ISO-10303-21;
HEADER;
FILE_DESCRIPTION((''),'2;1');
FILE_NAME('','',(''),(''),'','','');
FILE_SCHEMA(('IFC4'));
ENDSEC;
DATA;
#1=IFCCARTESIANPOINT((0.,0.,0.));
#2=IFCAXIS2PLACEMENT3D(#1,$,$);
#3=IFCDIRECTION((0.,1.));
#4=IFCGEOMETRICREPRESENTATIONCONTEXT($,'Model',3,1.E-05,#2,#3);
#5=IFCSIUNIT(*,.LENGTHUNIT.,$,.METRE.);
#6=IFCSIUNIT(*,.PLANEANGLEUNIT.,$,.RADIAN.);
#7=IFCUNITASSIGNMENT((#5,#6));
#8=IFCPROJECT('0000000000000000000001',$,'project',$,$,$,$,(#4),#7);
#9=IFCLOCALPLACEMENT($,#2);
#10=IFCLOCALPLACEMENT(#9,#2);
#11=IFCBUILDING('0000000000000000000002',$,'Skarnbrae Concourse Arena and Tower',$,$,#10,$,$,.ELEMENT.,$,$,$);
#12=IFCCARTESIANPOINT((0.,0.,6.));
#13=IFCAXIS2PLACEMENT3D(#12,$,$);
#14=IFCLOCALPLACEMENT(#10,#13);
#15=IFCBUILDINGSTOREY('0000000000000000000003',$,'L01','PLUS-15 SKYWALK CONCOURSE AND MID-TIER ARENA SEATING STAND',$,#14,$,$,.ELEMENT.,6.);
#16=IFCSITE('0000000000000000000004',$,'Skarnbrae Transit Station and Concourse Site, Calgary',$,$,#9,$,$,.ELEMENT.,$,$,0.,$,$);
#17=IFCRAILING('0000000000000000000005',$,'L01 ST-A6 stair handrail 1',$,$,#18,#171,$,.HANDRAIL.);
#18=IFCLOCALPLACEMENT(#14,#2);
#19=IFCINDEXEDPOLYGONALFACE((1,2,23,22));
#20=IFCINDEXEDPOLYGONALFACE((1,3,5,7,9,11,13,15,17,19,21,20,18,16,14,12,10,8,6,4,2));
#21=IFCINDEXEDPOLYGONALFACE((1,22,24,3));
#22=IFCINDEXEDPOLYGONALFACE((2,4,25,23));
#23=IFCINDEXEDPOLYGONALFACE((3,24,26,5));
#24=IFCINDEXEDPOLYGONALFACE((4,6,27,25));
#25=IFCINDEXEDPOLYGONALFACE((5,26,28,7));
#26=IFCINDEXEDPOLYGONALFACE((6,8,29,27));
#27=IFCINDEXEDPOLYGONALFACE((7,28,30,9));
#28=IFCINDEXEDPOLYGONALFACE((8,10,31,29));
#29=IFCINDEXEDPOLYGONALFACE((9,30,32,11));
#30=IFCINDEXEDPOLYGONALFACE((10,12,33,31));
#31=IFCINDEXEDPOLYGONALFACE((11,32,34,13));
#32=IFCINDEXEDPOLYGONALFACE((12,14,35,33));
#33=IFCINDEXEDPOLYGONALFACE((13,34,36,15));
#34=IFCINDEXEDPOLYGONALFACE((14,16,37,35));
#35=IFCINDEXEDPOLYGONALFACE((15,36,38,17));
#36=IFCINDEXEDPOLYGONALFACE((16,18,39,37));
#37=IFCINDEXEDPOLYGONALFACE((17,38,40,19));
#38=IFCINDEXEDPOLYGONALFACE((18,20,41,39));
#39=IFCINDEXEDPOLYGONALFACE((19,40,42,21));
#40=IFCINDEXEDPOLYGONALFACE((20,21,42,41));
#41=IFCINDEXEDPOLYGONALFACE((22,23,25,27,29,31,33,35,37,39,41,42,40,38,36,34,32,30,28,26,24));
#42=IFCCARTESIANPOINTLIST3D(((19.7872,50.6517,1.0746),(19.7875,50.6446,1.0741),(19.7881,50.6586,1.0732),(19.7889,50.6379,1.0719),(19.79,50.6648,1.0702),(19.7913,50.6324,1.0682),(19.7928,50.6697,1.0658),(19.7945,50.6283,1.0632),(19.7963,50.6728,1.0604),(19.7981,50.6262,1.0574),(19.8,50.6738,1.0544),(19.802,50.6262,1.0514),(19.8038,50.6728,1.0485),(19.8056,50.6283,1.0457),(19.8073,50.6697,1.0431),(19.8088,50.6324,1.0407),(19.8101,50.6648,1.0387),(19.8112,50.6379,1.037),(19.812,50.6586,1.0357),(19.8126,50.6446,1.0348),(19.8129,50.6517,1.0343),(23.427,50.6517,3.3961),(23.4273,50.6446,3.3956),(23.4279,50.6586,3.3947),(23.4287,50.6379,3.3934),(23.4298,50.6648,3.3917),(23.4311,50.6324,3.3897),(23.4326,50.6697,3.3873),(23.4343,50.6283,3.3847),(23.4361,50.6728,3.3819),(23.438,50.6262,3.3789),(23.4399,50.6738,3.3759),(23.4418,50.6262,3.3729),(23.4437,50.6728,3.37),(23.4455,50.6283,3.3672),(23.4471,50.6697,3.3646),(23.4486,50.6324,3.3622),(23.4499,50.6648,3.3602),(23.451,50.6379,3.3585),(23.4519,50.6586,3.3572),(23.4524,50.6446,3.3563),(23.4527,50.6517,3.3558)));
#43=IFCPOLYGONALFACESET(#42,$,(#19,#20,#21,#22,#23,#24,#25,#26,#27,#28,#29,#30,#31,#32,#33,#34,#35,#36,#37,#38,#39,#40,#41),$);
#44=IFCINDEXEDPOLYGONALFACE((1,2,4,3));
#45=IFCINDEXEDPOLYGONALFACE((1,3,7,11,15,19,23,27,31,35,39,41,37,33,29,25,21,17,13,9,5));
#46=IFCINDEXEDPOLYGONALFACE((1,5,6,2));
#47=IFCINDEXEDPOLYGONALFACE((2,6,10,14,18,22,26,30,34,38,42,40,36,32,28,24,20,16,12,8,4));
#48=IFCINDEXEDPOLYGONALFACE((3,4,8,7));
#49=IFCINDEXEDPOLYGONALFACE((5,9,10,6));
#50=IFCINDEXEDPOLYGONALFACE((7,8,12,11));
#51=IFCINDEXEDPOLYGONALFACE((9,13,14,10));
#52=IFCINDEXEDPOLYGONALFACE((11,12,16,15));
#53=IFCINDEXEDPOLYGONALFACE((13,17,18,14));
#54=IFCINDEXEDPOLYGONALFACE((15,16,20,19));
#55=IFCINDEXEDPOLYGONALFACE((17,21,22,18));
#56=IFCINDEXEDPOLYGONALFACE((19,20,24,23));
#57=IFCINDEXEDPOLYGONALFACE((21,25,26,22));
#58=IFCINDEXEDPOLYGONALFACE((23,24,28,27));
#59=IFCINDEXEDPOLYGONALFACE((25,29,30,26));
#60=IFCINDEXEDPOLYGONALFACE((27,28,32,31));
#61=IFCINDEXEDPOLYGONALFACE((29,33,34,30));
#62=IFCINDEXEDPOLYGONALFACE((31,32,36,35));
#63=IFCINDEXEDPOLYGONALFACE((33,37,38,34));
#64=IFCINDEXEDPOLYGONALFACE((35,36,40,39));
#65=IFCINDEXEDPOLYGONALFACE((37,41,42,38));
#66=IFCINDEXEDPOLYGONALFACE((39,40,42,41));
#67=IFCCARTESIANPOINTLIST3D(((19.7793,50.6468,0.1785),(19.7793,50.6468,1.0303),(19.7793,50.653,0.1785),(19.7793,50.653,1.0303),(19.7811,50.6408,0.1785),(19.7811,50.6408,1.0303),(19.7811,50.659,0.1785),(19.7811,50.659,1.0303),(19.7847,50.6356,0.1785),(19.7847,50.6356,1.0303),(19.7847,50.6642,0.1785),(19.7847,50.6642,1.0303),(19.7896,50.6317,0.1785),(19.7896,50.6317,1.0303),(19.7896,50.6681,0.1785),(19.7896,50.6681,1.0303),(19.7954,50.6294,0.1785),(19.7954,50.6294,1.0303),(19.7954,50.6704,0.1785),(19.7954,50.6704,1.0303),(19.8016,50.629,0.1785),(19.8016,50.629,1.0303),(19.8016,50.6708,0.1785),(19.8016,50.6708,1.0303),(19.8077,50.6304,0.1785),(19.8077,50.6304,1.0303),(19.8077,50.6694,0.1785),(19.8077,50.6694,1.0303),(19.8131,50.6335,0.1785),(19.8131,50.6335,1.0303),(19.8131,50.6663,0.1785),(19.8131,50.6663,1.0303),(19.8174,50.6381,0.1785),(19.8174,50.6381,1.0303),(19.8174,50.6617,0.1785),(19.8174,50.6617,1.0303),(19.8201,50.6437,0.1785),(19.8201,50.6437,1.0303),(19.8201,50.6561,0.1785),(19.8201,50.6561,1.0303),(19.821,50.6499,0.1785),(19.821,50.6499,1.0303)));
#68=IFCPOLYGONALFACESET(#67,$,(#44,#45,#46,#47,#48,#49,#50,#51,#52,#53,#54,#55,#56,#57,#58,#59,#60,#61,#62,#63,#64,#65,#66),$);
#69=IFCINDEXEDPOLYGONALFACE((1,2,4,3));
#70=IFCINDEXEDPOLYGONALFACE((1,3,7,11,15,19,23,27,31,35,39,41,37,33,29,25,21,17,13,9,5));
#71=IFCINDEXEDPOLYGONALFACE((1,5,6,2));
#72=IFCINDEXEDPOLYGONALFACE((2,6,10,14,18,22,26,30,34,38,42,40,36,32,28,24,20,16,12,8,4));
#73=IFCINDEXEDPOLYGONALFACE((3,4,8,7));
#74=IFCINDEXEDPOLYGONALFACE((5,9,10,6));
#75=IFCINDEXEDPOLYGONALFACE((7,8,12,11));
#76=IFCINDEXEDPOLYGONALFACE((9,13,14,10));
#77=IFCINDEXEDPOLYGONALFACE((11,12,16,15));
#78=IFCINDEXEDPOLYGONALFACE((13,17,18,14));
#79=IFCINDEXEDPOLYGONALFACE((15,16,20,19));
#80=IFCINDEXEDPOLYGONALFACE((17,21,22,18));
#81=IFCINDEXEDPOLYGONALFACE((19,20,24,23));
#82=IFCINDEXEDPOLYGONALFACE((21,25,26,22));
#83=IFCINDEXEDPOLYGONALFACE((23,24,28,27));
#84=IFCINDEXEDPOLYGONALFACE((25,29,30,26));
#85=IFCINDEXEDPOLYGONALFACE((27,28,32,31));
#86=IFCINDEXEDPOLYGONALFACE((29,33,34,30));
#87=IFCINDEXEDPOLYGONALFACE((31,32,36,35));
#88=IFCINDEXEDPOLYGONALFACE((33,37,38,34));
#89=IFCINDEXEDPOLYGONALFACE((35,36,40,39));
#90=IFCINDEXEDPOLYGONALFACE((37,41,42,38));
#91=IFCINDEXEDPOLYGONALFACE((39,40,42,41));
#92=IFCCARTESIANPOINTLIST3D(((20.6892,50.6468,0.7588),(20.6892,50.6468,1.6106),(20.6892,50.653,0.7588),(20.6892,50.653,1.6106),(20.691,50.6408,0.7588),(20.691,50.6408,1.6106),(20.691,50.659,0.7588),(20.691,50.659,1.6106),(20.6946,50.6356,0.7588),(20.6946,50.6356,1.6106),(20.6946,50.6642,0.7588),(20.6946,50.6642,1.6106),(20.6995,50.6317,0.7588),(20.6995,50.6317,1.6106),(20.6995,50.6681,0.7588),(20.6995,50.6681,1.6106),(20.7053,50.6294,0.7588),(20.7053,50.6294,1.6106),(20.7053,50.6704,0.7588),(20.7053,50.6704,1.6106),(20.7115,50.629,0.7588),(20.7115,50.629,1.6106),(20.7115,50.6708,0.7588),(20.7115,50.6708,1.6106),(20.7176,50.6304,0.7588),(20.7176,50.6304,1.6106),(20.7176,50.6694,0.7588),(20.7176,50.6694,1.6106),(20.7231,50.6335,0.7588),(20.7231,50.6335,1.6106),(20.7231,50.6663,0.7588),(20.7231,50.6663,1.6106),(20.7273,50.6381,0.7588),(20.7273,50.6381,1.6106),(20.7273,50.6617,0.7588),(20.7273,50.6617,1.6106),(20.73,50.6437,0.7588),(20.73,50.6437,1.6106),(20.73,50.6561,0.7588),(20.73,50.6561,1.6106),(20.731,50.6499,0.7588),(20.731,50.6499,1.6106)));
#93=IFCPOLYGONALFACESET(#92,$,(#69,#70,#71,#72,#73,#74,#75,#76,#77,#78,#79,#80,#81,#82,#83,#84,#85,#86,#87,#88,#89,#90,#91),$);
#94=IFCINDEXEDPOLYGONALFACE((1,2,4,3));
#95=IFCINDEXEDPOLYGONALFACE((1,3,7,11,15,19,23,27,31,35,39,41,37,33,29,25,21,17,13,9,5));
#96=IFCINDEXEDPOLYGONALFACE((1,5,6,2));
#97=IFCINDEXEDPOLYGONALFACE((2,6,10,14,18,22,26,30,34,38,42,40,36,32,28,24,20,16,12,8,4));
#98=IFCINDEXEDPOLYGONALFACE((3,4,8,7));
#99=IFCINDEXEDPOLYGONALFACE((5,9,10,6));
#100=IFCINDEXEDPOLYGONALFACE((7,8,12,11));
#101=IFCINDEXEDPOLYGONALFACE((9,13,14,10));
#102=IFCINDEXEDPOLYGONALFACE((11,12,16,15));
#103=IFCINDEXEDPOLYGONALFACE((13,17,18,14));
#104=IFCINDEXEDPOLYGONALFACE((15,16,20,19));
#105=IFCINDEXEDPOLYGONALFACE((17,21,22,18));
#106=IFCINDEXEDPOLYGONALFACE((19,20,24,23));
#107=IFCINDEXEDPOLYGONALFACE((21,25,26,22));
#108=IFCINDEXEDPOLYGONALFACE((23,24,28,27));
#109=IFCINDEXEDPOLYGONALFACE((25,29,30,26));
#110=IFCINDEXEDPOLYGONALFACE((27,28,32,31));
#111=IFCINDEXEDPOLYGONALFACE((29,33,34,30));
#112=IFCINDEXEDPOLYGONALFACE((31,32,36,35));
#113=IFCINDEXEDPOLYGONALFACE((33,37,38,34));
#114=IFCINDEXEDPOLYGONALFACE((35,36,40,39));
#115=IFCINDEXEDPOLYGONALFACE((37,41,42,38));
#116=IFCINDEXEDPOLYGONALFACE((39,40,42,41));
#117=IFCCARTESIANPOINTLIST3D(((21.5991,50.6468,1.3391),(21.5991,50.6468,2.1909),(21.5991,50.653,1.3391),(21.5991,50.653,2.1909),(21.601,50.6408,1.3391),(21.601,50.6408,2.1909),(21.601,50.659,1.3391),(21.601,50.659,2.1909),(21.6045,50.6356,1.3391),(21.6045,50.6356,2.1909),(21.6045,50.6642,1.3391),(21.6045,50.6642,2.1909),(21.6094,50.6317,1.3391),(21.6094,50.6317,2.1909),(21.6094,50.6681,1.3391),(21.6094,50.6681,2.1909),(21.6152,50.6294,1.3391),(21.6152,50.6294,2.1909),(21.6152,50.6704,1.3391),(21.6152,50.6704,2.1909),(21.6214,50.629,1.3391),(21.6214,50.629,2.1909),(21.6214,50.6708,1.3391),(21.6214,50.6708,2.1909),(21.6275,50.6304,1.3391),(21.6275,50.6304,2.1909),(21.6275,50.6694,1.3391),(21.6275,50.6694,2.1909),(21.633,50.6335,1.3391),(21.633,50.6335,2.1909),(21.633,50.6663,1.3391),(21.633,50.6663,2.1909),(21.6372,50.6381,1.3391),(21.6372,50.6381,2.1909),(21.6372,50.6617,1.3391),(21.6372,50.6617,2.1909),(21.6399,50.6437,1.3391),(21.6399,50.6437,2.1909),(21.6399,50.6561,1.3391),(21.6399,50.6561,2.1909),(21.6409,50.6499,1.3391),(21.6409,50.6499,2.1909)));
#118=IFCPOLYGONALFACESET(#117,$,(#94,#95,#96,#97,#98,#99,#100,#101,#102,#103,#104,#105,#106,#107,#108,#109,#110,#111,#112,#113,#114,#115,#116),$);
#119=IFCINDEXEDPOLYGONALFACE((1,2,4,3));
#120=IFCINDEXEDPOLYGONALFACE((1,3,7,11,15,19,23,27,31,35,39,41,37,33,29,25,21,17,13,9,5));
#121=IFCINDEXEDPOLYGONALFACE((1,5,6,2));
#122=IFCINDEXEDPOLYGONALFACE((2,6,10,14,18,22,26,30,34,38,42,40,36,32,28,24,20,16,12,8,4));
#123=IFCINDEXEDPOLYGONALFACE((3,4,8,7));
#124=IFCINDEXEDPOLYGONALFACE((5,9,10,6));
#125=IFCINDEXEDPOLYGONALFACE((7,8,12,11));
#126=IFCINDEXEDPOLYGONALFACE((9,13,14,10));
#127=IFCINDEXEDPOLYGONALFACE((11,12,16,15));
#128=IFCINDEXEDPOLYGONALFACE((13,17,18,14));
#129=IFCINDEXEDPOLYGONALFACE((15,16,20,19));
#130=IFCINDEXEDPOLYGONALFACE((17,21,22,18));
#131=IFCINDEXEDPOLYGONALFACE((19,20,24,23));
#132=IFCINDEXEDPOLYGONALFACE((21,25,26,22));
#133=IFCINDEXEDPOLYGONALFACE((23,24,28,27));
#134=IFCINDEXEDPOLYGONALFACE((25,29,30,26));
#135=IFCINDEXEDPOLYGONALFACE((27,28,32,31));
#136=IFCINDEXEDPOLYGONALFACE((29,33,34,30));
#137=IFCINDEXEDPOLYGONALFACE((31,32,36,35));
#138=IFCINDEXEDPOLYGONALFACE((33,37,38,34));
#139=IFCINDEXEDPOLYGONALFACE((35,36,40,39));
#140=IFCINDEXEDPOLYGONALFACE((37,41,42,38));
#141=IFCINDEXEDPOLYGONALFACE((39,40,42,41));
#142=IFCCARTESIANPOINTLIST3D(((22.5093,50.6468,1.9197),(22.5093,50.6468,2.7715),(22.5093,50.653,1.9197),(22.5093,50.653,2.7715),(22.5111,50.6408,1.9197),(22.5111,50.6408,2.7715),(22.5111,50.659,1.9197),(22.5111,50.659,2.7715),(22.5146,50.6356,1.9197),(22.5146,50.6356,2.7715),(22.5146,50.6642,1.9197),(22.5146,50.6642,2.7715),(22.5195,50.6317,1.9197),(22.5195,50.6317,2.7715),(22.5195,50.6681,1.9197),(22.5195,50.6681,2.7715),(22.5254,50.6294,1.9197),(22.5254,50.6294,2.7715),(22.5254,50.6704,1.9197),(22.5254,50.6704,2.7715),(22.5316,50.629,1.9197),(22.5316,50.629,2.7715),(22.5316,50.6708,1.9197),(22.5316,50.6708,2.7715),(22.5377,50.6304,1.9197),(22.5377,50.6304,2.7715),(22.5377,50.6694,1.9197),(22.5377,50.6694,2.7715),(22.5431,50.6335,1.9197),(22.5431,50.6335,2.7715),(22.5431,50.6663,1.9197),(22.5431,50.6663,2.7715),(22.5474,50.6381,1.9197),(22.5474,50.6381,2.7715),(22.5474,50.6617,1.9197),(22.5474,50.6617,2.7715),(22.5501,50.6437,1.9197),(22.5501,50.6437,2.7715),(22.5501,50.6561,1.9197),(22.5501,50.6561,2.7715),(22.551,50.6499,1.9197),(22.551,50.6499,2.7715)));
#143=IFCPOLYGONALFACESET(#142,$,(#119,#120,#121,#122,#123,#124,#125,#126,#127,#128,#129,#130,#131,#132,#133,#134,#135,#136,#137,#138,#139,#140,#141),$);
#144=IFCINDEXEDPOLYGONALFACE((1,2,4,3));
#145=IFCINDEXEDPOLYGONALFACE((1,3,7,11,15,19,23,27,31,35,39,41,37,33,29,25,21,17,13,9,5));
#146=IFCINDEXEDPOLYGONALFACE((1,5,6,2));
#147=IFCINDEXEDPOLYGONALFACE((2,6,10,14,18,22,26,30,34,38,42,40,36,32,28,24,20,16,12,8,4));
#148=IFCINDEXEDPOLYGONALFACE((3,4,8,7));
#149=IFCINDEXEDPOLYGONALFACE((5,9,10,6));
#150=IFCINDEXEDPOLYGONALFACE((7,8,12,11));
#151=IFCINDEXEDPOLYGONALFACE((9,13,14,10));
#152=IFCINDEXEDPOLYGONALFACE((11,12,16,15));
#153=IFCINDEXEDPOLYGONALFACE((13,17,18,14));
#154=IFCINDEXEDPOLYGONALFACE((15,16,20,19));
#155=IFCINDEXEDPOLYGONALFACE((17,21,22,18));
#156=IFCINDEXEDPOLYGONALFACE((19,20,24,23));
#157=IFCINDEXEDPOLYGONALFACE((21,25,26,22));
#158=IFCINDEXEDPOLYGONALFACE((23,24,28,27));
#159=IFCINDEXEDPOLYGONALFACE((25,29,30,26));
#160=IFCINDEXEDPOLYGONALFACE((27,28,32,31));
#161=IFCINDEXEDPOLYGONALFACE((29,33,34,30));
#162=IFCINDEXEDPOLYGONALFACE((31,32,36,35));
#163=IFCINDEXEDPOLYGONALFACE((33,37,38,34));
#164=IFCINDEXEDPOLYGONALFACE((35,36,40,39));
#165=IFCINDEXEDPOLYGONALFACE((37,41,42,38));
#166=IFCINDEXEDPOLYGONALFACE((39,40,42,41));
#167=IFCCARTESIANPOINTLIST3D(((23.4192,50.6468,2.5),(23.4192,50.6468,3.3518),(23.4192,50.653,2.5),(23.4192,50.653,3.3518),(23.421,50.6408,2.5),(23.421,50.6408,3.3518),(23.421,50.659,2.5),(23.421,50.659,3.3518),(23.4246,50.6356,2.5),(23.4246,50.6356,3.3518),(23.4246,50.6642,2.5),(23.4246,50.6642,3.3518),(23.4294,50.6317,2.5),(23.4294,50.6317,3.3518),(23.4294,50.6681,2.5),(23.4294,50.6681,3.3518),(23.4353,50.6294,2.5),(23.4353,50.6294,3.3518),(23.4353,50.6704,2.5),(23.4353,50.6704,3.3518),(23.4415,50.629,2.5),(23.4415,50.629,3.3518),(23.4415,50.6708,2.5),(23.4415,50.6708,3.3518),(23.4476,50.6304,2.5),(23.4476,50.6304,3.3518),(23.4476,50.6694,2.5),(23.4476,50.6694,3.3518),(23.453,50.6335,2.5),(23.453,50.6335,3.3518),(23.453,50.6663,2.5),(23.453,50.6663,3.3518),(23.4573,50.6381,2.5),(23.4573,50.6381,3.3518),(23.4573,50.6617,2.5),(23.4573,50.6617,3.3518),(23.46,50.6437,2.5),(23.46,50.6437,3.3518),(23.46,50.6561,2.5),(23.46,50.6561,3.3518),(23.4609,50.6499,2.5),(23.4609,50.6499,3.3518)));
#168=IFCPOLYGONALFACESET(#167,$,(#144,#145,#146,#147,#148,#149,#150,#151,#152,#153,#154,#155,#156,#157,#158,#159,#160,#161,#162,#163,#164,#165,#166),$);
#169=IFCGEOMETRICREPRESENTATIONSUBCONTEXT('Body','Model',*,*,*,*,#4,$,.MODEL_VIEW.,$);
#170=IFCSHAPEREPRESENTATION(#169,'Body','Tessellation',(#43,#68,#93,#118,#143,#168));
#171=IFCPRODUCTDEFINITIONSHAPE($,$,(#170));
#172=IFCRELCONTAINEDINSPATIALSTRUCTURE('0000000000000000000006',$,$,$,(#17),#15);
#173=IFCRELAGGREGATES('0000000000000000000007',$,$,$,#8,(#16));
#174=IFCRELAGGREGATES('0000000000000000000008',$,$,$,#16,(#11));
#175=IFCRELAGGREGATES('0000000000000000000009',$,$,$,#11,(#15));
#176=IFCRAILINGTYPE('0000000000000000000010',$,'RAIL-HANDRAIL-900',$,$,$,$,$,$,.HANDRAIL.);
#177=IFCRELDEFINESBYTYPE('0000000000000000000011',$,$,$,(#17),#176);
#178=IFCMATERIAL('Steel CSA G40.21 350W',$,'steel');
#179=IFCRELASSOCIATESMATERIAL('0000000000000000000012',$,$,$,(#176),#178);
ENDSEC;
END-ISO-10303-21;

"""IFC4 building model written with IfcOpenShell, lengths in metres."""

from ifc_helpers import new_model, si_unit, direction, frame, origin, origin_2d, place, context, subcontext, project, spatial, circle, extrude, material, type_object, element, save


model = new_model("IFC4")

# Units and contexts
model_context = context("Model", 3, precision=1e-05, world=origin(), true_north=direction((0.0, 1.0)))
body_context = subcontext(model_context, "Body", "Model", "MODEL_VIEW")
ifc_project = project(units=[si_unit("LENGTHUNIT", "METRE"), si_unit("PLANEANGLEUNIT", "RADIAN")], contexts=[model_context])

# Site, building, storey
site_placement = place(None, origin())
site = spatial("IfcSite", under=ifc_project, at=site_placement, Name="Skarnbrae Transit Station and Concourse Site, Calgary", CompositionType="ELEMENT", RefElevation=0.0)
building_placement = place(site_placement, origin())
building = spatial("IfcBuilding", under=site, at=building_placement, Name="Skarnbrae Concourse Arena and Tower", CompositionType="ELEMENT")
storey_placement = place(building_placement, frame((0.0, 0.0, 6.0)))
storey = spatial("IfcBuildingStorey", under=building, at=storey_placement, Name="L01", Description="PLUS-15 SKYWALK CONCOURSE AND MID-TIER ARENA SEATING STAND", CompositionType="ELEMENT", Elevation=6.0)

# Shared definitions
ifc_material_1 = material(Name="Steel CSA G40.21 350W", Category="steel")

# Railing
railing_type_1 = type_object("IfcRailingType", Name="RAIL-HANDRAIL-900", PredefinedType="HANDRAIL", material=ifc_material_1)
railing_1_placement = place(storey_placement, frame((19.8, 50.6499, 0.1785)))
element("IfcRailing", 1, at=railing_1_placement, inside=storey, type_object=railing_type_1, Name="L01 ST-A6 stair handrail 1", PredefinedType="HANDRAIL", context=body_context, shape_type="SweptSolid", body=[
    extrude(circle(Radius=0.0239, at=origin_2d()), frame((0.0, 0.0, 0.876), z_axis=(0.843112, 0.0, 0.537739), x_axis=(0.0, 1.0, 0.0)), (0.0, 0.0, 1.0), 4.3171),
    extrude(circle(Radius=0.021, at=origin_2d()), origin(), (0.0, 0.0, 1.0), 0.8518),
    extrude(circle(Radius=0.021, at=origin_2d()), frame((0.9099, 0.0, 0.5803)), (0.0, 0.0, 1.0), 0.8518),
    extrude(circle(Radius=0.021, at=origin_2d()), frame((1.8198, 0.0, 1.1606)), (0.0, 0.0, 1.0), 0.8518),
    extrude(circle(Radius=0.021, at=origin_2d()), frame((2.73, 0.0, 1.7412)), (0.0, 0.0, 1.0), 0.8518),
    extrude(circle(Radius=0.021, at=origin_2d()), frame((3.6399, 0.0, 2.3215)), (0.0, 0.0, 1.0), 0.8518),
])

save(model, "model.ifc")
